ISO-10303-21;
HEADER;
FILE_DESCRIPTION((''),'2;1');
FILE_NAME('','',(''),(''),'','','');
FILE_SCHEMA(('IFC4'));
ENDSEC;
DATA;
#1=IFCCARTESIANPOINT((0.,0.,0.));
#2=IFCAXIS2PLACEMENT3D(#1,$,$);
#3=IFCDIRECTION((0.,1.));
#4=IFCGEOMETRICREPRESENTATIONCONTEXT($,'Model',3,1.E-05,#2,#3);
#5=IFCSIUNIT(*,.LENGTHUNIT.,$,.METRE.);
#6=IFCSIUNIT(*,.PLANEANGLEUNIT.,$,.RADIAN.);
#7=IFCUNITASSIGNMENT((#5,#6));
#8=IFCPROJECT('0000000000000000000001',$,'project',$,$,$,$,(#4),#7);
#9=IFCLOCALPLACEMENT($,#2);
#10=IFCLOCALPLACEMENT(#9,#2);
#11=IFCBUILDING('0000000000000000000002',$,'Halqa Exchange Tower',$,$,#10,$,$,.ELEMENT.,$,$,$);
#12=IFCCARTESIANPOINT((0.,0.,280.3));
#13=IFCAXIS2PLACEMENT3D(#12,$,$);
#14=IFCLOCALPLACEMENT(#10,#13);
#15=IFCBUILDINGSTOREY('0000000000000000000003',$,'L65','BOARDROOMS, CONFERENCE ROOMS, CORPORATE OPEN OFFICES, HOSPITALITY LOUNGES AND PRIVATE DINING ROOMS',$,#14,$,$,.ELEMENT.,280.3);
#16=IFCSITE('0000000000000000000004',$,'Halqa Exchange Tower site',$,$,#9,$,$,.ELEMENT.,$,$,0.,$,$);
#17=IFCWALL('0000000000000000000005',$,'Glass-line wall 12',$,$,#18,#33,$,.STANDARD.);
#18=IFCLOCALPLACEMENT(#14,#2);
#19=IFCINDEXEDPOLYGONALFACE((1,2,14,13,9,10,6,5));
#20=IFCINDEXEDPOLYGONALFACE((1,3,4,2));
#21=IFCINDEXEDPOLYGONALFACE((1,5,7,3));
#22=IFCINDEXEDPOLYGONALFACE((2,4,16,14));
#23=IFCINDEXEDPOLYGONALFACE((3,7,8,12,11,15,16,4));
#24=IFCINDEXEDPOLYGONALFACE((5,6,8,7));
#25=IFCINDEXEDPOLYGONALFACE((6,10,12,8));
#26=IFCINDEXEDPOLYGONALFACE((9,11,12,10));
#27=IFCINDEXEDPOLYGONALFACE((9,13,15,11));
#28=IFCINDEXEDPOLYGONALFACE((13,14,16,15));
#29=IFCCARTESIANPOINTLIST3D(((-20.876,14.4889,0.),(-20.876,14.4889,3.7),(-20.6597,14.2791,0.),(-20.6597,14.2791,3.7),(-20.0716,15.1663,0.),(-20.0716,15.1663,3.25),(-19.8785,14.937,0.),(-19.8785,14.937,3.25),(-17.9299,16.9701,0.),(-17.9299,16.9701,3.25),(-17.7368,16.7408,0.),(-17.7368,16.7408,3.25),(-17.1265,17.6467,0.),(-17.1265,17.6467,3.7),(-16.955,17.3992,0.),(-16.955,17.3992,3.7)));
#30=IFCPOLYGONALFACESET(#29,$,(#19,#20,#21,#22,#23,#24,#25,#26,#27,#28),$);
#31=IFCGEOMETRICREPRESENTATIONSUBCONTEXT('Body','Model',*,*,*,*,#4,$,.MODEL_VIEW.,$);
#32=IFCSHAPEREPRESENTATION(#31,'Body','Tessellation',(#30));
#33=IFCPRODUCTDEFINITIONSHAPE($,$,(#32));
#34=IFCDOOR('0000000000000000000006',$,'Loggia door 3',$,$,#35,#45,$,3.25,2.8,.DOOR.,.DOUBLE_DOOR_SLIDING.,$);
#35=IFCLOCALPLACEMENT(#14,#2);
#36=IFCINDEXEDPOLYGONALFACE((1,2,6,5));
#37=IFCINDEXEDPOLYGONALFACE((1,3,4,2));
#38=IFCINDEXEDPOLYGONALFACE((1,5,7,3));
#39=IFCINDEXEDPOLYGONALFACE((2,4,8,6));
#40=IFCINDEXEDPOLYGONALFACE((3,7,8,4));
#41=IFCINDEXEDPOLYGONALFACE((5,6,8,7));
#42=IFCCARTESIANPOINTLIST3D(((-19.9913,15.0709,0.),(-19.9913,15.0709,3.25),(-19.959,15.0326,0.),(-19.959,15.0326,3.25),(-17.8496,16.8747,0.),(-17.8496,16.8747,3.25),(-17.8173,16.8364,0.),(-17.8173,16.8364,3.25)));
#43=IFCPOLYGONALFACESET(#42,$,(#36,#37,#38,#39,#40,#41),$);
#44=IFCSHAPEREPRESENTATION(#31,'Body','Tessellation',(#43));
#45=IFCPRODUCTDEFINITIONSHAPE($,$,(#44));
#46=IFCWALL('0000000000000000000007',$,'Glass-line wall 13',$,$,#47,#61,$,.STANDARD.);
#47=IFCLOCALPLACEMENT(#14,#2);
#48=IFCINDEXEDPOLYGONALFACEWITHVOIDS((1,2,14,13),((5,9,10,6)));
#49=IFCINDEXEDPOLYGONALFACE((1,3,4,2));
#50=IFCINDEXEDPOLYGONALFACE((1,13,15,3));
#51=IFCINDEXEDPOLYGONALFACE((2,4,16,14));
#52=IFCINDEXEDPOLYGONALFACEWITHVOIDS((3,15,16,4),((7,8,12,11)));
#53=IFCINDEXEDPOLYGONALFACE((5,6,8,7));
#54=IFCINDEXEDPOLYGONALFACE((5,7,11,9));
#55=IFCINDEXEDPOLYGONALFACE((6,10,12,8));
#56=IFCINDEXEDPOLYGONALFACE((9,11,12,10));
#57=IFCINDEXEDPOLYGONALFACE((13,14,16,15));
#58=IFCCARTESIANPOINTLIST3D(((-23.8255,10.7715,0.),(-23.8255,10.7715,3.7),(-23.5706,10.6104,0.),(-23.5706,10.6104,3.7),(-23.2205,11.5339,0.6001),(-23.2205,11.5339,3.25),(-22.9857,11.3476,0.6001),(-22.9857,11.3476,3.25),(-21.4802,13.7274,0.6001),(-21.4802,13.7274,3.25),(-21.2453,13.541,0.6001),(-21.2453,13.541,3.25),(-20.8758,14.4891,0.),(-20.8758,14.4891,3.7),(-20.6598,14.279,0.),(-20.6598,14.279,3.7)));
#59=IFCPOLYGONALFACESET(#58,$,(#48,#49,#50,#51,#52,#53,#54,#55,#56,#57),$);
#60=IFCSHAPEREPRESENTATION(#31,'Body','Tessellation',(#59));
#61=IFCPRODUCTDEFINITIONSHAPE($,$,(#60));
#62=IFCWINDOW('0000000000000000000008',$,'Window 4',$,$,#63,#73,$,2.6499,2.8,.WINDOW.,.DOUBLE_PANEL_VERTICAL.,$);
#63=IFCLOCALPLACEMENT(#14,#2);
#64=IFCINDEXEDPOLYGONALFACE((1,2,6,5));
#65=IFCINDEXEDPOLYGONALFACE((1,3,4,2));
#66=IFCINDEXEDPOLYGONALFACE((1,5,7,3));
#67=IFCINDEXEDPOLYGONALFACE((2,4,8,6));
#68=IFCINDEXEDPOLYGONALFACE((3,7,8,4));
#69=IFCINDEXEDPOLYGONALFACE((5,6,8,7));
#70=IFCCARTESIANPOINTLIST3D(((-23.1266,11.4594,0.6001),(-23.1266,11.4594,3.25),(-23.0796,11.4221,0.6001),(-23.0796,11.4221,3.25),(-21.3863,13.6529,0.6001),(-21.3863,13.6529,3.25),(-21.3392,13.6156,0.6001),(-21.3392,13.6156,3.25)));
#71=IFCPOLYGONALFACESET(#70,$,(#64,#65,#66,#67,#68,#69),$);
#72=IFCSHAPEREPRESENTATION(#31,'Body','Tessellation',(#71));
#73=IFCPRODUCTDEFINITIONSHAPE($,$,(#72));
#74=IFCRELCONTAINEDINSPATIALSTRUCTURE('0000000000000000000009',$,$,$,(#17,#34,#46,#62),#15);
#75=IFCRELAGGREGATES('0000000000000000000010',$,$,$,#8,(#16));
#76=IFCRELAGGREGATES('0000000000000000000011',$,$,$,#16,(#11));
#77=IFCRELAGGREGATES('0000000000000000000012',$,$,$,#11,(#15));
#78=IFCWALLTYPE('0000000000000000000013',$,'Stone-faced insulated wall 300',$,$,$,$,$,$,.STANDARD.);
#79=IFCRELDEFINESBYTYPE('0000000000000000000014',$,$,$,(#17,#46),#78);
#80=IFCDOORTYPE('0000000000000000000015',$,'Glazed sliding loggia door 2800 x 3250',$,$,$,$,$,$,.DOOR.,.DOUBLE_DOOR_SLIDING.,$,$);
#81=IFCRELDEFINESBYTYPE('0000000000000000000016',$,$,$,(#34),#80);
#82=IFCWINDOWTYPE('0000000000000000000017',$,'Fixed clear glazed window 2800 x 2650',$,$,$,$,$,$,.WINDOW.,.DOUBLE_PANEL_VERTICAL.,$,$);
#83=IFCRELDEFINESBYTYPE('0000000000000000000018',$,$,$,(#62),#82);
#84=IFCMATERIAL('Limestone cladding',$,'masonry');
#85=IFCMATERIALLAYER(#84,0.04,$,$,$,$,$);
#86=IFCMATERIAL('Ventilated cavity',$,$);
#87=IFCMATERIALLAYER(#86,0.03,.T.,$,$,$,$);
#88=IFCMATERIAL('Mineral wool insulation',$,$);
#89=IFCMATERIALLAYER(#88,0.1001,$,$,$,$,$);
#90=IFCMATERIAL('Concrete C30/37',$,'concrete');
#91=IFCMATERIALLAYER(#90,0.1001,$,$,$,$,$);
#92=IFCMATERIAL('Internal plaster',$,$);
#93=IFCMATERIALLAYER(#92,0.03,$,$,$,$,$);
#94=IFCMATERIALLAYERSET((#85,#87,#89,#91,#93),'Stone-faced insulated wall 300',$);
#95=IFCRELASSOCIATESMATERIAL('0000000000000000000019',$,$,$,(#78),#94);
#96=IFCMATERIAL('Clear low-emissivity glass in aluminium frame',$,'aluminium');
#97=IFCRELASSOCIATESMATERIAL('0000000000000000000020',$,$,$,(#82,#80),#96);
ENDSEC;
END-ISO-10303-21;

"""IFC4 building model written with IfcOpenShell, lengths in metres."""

from ifc_helpers import new_model, si_unit, direction, frame, frame_2d, origin, place, context, subcontext, project, spatial, polyline, rectangle, outline, extrude, material, layer, layer_set, type_object, element, fill, save


model = new_model("IFC4")

# Units and contexts
model_context = context("Model", 3, precision=1e-05, world=origin(), true_north=direction((0.0, 1.0)))
body_context = subcontext(model_context, "Body", "Model", "MODEL_VIEW")
ifc_project = project(units=[si_unit("LENGTHUNIT", "METRE"), si_unit("PLANEANGLEUNIT", "RADIAN")], contexts=[model_context])

# Site, building, storey
site_placement = place(None, origin())
site = spatial("IfcSite", under=ifc_project, at=site_placement, Name="Halqa Exchange Tower site", CompositionType="ELEMENT", RefElevation=0.0)
building_placement = place(site_placement, origin())
building = spatial("IfcBuilding", under=site, at=building_placement, Name="Halqa Exchange Tower", CompositionType="ELEMENT")
storey_placement = place(building_placement, frame((0.0, 0.0, 280.3)))
storey = spatial("IfcBuildingStorey", under=building, at=storey_placement, Name="L65", Description="BOARDROOMS, CONFERENCE ROOMS, CORPORATE OPEN OFFICES, HOSPITALITY LOUNGES AND PRIVATE DINING ROOMS", CompositionType="ELEMENT", Elevation=280.3)

# Shared definitions
ifc_material_1 = material(Name="Limestone cladding", Category="masonry")
ifc_layer_1 = layer(ifc_material_1, 0.04)
ifc_material_2 = material(Name="Ventilated cavity")
ifc_layer_2 = layer(ifc_material_2, 0.03, ventilated=True)
ifc_material_3 = material(Name="Mineral wool insulation")
ifc_layer_3 = layer(ifc_material_3, 0.1001)
ifc_material_4 = material(Name="Concrete C30/37", Category="concrete")
ifc_layer_4 = layer(ifc_material_4, 0.1001)
ifc_material_5 = material(Name="Internal plaster")
ifc_layer_5 = layer(ifc_material_5, 0.03)
ifc_layer_set_1 = layer_set([ifc_layer_1, ifc_layer_2, ifc_layer_3, ifc_layer_4, ifc_layer_5], Name="Stone-faced insulated wall 300")
wall_type_1 = type_object("IfcWallType", Name="Stone-faced insulated wall 300", PredefinedType="STANDARD", material=ifc_layer_set_1)
ifc_material_6 = material(Name="Clear low-emissivity glass in aluminium frame", Category="aluminium")
window_type = type_object("IfcWindowType", Name="Fixed clear glazed window 2800 x 2650", PartitioningType="DOUBLE_PANEL_VERTICAL", PredefinedType="WINDOW", material=ifc_material_6)

# Wall, opening, door
wall_1_placement = place(storey_placement, frame((-17.0408, 17.5229, 0.0), z_axis=(0.0, 0.0, 1.0), x_axis=(-0.764876, -0.644177, 0.0)))
wall_1 = element("IfcWall", 1, at=wall_1_placement, inside=storey, type_object=wall_type_1, Name="Glass-line wall 12", PredefinedType="STANDARD", context=body_context, shape_type="SweptSolid", body=[
    extrude(outline(polyline([(-0.0142, -0.1499), (4.8879, -0.1499), (4.8577, 0.1499), (0.0142, 0.1499), (-0.0142, -0.1499)])), origin(), (0.0, 0.0, 1.0), 3.7),
])
opening_1_placement = place(wall_1_placement, frame((1.0364, 0.0, 0.0)))
opening_1 = element("IfcOpeningElement", 2, at=opening_1_placement, cuts=wall_1, PredefinedType="OPENING", context=body_context, shape_type="SweptSolid", body=[
    extrude(rectangle(XDim=2.8, YDim=3.25, at=frame_2d((1.3999, 1.625))), frame((0.0, 0.1621, 0.0), z_axis=(0.0, -1.0, 0.0), x_axis=(1.0, 0.0, 0.0)), (0.0, 0.0, 1.0), 0.324),
])
door_type_1 = type_object("IfcDoorType", Name="Glazed sliding loggia door 2800 x 3250", OperationType="DOUBLE_DOOR_SLIDING", PredefinedType="DOOR", material=ifc_material_6)
door_1_placement = place(opening_1_placement, origin())
door_1 = element("IfcDoor", 3, at=door_1_placement, inside=storey, type_object=door_type_1, Name="Loggia door 3", OperationType="DOUBLE_DOOR_SLIDING", OverallHeight=3.25, OverallWidth=2.8, PredefinedType="DOOR", context=body_context, shape_type="SweptSolid", body=[
    extrude(rectangle(XDim=2.8, YDim=3.25, at=frame_2d((1.3999, 1.625))), frame((0.0, 0.0249, 0.0), z_axis=(0.0, -1.0, 0.0), x_axis=(1.0, 0.0, 0.0)), (0.0, 0.0, 1.0), 0.05),
])
fill(opening_1, door_1)

# Wall, opening, window
wall_2_placement = place(storey_placement, frame((-20.7678, 14.384, 0.0), z_axis=(0.0, 0.0, 1.0), x_axis=(-0.621545, -0.783379, 0.0)))
wall_2 = element("IfcWall", 4, at=wall_2_placement, inside=storey, type_object=wall_type_1, Name="Glass-line wall 13", PredefinedType="STANDARD", context=body_context, shape_type="SweptSolid", body=[
    extrude(outline(polyline([(-0.0151, -0.1499), (4.7305, -0.1499), (4.6982, 0.1499), (0.0151, 0.1499), (-0.0151, -0.1499)])), origin(), (0.0, 0.0, 1.0), 3.7),
])
opening_2_placement = place(wall_2_placement, frame((0.9573, 0.0, 0.6001)))
opening_2 = element("IfcOpeningElement", 5, at=opening_2_placement, cuts=wall_2, PredefinedType="OPENING", context=body_context, shape_type="SweptSolid", body=[
    extrude(rectangle(XDim=2.8, YDim=2.6499, at=frame_2d((1.3999, 1.325))), frame((0.0, 0.1621, 0.0), z_axis=(0.0, -1.0, 0.0), x_axis=(1.0, 0.0, 0.0)), (0.0, 0.0, 1.0), 0.324),
])
window_1_placement = place(opening_2_placement, origin())
window_1 = element("IfcWindow", 6, at=window_1_placement, inside=storey, type_object=window_type, Name="Window 4", OverallHeight=2.6499, OverallWidth=2.8, PartitioningType="DOUBLE_PANEL_VERTICAL", PredefinedType="WINDOW", context=body_context, shape_type="SweptSolid", body=[
    extrude(rectangle(XDim=2.8, YDim=2.6499, at=frame_2d((1.3999, 1.325))), frame((0.0, 0.03, 0.0), z_axis=(0.0, -1.0, 0.0), x_axis=(1.0, 0.0, 0.0)), (0.0, 0.0, 1.0), 0.0601),
])
fill(opening_2, window_1)

save(model, "model.ifc")
